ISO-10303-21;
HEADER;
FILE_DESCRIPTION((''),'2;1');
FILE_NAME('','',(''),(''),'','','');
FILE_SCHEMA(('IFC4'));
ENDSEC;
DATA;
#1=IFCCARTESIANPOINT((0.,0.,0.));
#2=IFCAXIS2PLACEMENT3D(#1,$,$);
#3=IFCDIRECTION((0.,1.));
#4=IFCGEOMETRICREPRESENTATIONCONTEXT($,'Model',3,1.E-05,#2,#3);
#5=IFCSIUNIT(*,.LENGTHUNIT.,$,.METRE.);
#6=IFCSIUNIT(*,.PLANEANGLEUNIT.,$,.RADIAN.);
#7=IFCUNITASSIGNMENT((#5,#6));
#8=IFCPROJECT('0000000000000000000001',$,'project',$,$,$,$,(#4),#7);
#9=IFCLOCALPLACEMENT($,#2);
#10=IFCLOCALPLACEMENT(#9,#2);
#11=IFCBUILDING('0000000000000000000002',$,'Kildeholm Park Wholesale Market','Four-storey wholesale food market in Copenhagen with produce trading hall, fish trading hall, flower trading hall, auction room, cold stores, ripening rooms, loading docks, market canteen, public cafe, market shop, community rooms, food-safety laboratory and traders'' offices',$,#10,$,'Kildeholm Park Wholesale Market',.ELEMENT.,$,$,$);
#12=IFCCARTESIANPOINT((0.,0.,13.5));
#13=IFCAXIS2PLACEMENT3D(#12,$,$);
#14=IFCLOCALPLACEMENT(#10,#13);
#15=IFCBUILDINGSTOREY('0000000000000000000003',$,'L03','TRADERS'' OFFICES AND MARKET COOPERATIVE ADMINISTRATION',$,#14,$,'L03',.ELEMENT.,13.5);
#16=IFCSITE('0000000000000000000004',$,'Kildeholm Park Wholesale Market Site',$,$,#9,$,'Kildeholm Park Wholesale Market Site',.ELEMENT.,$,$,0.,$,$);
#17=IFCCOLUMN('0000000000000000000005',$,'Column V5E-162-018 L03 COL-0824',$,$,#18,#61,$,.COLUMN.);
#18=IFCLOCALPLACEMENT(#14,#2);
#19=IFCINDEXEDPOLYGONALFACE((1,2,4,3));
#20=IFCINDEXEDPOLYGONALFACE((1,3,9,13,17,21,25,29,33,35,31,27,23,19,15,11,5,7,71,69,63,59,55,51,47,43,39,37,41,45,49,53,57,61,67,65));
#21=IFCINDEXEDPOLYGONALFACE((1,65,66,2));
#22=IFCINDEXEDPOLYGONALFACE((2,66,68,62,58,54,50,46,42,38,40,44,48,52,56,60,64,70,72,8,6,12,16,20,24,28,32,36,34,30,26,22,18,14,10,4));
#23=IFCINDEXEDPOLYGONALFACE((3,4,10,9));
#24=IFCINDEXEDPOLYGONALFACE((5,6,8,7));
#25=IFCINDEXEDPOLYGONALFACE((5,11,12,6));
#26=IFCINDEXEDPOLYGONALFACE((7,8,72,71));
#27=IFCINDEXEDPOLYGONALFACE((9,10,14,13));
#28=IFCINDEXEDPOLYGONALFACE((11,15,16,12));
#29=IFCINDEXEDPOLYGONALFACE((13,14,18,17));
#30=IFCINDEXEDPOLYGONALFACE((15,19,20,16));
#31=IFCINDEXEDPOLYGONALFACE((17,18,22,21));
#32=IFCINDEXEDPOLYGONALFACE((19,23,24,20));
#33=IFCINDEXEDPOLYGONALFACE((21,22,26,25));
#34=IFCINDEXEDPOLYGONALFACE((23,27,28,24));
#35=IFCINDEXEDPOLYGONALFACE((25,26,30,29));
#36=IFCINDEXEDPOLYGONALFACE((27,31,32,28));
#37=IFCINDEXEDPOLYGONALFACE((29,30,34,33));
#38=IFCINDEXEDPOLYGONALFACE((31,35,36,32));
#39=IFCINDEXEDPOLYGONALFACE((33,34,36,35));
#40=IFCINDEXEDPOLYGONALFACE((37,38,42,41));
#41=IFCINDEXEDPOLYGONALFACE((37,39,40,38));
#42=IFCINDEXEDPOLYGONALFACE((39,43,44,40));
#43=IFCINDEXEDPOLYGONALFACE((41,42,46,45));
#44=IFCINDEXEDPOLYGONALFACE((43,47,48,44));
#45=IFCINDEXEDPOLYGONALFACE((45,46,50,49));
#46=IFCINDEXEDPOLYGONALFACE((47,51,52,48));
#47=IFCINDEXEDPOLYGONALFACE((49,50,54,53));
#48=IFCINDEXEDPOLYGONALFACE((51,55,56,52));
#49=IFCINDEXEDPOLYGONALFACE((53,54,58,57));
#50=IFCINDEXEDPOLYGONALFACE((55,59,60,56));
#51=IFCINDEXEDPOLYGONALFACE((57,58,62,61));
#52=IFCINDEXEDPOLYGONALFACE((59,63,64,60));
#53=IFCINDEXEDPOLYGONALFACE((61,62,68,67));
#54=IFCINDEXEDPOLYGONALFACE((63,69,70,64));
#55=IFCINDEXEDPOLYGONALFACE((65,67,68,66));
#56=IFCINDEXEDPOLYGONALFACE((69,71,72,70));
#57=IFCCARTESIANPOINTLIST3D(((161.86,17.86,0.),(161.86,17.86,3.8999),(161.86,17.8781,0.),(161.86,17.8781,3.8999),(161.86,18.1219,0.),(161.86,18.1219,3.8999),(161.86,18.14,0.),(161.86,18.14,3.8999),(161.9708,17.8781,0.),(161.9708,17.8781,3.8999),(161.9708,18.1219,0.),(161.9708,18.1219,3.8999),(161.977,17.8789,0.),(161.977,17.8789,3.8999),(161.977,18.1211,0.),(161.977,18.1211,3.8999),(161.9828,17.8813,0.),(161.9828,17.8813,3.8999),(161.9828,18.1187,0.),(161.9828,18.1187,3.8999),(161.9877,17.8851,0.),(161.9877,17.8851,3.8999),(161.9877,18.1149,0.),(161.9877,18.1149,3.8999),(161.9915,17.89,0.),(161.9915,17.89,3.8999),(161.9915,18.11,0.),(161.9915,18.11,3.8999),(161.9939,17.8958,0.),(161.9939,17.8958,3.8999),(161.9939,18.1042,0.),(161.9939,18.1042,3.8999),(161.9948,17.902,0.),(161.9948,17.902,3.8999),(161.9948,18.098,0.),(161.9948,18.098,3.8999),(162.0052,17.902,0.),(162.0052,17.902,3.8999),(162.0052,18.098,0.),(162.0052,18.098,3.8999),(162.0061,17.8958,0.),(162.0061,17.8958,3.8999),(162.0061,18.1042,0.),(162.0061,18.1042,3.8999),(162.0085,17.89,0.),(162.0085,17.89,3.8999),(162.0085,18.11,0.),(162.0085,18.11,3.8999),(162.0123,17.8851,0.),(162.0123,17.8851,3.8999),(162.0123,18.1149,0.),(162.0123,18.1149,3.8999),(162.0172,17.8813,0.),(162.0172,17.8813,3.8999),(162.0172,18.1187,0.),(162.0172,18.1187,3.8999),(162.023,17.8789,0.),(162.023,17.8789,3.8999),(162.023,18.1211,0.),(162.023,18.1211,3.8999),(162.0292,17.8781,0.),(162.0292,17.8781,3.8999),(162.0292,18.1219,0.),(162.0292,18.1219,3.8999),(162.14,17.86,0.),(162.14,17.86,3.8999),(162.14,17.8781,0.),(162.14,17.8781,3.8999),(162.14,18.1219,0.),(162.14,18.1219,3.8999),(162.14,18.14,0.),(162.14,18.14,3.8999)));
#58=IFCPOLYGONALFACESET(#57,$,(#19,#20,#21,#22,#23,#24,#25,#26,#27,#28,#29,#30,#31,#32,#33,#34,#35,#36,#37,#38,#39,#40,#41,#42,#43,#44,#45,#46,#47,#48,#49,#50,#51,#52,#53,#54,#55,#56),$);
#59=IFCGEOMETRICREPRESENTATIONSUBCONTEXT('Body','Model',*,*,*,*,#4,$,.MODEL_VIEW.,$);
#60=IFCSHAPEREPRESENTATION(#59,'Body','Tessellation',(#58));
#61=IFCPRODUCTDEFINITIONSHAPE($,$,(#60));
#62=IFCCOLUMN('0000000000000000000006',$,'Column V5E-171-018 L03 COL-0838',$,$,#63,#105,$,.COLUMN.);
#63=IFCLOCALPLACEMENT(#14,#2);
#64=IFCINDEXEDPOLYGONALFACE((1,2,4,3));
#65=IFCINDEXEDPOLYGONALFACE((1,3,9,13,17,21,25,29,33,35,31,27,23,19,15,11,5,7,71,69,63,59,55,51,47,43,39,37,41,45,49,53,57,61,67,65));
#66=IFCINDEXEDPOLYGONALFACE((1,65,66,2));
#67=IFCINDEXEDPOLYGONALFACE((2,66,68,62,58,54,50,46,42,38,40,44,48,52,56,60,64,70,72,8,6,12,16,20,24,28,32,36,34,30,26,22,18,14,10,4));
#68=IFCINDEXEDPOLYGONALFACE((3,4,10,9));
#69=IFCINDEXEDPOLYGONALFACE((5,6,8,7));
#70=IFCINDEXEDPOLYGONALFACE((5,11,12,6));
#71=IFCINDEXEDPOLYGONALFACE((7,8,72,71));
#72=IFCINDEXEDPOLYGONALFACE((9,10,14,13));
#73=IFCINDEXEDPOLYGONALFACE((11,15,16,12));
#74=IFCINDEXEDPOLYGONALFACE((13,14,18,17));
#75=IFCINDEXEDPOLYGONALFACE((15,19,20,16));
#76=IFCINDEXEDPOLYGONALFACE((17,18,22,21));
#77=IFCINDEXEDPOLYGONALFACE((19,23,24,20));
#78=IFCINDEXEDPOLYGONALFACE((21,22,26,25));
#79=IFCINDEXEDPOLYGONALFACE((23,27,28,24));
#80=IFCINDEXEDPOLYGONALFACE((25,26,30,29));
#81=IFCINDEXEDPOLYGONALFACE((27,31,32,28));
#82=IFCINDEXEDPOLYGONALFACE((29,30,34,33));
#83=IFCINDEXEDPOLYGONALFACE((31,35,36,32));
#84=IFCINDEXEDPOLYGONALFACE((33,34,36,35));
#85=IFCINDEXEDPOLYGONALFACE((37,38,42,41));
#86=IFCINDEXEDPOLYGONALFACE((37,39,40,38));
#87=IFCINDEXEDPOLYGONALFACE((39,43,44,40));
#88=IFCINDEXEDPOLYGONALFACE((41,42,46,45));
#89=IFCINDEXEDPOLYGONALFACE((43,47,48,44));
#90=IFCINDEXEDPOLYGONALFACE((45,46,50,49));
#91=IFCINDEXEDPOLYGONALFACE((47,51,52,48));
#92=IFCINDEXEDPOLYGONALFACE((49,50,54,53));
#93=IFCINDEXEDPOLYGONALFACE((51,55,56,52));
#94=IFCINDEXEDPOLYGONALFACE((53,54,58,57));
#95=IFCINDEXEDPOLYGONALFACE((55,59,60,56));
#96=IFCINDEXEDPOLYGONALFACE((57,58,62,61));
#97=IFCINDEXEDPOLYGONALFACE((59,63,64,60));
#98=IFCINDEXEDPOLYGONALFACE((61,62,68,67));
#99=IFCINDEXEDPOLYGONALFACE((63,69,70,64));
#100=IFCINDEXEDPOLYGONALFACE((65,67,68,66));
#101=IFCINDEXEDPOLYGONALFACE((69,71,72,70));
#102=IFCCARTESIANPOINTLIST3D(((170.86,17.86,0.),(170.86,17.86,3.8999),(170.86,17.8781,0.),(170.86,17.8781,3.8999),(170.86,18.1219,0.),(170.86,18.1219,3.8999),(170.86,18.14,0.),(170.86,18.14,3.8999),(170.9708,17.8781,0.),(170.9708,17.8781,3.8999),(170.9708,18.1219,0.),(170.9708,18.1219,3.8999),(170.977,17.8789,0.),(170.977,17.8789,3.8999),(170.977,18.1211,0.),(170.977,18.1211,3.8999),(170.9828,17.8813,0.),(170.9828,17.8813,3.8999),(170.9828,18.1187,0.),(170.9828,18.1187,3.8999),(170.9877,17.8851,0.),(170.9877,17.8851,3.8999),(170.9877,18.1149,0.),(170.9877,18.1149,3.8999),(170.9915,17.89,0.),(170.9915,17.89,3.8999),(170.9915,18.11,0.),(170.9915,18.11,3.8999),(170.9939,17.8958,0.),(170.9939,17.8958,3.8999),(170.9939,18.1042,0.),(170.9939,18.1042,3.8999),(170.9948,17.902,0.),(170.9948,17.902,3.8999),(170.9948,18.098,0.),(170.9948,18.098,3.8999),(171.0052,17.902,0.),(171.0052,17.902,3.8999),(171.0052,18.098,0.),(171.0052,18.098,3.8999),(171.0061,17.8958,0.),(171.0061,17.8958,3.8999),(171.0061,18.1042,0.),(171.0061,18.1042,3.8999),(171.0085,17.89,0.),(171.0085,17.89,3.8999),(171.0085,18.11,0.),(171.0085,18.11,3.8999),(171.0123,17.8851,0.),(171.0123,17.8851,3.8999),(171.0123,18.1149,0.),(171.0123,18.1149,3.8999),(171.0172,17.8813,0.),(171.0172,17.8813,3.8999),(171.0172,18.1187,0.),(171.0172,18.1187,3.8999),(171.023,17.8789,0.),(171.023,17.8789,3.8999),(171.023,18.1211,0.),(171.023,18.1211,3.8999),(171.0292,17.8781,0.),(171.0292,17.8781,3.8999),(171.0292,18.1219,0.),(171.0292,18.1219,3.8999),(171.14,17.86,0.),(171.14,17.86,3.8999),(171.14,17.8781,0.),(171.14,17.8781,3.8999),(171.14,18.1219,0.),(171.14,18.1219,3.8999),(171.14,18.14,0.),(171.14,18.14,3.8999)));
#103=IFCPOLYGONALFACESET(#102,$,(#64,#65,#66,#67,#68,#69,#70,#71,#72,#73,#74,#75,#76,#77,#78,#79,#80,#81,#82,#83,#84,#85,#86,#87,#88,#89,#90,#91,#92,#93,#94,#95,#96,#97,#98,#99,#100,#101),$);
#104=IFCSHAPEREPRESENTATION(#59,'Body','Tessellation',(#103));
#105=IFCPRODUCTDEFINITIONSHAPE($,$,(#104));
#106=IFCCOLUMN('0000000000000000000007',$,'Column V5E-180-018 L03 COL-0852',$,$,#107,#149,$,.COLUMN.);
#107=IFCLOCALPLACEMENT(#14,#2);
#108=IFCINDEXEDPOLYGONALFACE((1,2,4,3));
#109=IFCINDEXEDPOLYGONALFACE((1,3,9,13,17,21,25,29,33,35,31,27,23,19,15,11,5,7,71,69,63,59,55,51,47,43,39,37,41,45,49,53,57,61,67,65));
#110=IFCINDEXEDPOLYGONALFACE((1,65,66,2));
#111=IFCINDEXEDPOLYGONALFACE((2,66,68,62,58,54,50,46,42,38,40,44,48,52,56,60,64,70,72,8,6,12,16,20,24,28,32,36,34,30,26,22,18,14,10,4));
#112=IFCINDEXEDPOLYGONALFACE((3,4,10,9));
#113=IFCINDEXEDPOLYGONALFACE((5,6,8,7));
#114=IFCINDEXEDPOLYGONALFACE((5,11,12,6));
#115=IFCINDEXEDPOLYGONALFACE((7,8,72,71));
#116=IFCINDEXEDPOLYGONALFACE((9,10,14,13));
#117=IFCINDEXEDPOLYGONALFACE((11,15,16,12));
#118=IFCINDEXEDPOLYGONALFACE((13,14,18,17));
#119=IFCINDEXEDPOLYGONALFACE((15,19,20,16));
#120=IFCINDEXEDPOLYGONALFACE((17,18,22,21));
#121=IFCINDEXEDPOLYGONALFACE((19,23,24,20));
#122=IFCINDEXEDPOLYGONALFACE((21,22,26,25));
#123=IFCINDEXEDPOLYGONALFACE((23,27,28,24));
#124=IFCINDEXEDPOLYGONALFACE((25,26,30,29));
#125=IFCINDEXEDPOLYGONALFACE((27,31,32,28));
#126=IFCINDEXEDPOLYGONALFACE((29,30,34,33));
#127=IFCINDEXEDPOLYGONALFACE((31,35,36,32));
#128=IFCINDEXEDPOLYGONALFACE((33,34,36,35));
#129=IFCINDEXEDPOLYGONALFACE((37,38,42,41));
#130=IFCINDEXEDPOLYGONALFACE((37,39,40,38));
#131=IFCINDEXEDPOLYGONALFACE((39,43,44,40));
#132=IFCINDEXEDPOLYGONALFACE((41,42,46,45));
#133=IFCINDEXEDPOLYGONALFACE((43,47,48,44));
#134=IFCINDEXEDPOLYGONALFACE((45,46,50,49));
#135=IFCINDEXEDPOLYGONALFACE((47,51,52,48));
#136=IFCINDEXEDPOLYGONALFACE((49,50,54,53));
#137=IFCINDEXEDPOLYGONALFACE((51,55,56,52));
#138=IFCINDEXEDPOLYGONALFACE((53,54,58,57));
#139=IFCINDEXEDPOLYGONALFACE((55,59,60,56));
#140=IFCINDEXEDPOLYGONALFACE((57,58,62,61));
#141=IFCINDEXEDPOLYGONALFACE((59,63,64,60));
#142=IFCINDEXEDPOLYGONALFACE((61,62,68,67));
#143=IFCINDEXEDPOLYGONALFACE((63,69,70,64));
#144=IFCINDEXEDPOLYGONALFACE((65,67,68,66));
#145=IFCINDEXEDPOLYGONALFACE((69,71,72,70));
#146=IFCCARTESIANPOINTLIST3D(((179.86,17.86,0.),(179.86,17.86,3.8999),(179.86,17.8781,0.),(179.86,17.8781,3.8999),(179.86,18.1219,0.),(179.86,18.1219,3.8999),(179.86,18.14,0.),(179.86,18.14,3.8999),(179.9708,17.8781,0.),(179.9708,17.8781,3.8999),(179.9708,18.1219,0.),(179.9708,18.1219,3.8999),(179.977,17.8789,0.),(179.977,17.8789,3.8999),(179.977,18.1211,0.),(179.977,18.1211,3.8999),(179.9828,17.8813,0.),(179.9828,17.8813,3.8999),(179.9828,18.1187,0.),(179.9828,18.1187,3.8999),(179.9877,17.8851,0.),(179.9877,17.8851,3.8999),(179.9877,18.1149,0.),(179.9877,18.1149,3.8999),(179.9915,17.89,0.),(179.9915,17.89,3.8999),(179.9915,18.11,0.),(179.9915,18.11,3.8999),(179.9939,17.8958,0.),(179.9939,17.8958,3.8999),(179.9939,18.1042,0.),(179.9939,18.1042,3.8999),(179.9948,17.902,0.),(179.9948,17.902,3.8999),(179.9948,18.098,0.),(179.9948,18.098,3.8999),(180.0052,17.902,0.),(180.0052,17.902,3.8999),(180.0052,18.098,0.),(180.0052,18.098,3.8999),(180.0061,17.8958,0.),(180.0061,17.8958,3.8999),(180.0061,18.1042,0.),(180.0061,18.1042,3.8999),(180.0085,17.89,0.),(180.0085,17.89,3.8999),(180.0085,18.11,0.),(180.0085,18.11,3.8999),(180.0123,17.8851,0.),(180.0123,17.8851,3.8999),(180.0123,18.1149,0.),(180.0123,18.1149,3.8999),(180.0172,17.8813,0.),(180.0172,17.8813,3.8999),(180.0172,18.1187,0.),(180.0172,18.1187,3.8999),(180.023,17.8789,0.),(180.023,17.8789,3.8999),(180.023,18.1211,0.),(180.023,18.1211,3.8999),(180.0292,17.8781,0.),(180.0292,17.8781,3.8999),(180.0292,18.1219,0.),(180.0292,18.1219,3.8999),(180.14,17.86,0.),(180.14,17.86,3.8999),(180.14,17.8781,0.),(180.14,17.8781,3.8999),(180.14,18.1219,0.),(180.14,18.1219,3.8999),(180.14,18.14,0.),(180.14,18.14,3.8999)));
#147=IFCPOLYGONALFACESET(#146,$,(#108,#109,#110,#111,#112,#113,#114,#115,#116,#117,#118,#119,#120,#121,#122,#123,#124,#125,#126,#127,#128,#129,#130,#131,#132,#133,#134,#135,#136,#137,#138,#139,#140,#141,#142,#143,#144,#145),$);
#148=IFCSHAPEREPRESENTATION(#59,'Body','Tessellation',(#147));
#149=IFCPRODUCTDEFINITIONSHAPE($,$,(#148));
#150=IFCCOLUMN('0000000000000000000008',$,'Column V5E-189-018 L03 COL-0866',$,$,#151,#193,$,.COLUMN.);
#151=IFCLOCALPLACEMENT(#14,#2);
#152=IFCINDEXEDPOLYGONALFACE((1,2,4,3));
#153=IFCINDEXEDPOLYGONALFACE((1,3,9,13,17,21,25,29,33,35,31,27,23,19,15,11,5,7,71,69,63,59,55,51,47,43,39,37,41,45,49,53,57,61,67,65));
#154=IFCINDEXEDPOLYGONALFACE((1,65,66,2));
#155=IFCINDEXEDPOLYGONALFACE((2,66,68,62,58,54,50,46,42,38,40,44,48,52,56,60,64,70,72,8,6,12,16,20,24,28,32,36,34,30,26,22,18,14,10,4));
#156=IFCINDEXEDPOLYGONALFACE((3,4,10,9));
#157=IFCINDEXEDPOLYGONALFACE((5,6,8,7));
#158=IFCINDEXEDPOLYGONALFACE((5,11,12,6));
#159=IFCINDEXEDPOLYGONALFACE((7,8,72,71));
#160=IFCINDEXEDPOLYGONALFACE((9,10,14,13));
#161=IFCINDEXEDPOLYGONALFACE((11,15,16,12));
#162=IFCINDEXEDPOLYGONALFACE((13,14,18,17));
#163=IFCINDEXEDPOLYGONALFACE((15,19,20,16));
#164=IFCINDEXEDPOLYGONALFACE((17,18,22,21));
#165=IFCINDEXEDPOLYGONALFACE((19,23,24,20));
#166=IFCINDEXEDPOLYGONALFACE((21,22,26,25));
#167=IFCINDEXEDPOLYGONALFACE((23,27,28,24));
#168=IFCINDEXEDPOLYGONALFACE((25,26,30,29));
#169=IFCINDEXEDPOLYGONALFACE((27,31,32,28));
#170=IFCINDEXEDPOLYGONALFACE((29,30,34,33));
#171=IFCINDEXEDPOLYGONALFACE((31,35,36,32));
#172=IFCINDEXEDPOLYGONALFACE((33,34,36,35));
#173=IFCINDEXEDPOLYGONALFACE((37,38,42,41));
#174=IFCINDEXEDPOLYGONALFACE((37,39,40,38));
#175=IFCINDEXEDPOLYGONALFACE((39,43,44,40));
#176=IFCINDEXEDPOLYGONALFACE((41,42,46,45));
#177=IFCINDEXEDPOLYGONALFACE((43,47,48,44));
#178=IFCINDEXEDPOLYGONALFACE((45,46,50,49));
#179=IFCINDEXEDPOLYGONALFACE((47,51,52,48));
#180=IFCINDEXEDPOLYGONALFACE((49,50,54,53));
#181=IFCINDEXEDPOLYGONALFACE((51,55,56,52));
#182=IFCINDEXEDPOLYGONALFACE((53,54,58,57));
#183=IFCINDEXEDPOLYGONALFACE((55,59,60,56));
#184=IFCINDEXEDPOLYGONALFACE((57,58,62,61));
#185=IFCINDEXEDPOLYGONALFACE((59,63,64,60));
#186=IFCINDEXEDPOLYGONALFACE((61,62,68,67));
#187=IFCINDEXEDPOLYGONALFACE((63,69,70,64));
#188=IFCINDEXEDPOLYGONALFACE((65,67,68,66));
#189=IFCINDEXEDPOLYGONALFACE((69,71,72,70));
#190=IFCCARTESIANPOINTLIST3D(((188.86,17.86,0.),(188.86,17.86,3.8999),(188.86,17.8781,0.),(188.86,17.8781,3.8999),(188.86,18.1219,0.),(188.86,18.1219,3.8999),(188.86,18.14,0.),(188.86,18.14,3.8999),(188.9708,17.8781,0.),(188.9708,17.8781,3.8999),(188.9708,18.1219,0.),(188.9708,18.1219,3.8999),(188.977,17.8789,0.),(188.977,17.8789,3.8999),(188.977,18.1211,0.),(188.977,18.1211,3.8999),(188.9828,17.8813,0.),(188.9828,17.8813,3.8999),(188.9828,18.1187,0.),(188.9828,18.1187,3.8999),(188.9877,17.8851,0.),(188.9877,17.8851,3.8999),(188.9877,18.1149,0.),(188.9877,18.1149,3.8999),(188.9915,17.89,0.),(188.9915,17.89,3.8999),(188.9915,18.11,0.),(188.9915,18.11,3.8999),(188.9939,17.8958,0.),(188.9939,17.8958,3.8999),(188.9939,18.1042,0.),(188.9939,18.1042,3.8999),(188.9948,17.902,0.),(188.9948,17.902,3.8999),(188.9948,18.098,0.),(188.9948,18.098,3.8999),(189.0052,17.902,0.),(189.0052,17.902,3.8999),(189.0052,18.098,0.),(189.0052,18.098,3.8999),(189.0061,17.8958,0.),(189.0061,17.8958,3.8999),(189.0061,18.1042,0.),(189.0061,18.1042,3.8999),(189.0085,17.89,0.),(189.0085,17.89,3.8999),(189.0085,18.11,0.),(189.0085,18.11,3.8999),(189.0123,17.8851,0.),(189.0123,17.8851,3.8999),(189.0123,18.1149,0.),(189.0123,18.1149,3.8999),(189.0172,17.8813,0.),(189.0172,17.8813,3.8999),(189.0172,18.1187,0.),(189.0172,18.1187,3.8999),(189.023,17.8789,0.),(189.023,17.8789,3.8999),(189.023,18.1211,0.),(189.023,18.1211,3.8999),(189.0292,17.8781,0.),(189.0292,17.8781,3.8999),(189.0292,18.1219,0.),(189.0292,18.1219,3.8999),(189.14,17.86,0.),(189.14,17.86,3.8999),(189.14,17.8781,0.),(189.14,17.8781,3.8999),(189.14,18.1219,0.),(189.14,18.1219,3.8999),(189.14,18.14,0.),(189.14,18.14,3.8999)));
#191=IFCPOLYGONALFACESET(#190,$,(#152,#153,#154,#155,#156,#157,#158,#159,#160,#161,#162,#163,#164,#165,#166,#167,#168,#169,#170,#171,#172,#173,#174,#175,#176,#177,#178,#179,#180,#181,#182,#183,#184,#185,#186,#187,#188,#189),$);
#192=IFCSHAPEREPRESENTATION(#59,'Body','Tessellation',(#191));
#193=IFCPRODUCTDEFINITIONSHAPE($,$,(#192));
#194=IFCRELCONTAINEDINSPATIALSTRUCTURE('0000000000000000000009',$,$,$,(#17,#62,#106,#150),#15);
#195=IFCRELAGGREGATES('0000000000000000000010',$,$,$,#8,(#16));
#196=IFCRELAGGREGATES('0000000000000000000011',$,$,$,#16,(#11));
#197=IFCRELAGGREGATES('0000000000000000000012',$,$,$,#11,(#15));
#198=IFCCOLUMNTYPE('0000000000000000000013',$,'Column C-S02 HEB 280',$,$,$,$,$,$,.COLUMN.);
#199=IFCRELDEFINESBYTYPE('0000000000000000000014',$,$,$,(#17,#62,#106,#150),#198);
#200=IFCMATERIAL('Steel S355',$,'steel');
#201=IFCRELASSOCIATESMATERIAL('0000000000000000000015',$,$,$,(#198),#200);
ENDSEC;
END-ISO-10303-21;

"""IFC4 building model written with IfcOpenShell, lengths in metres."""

from ifc_helpers import new_model, si_unit, direction, frame, origin, origin_2d, place, context, subcontext, project, spatial, i_section, extrude, material, material_profile, profile_set, type_object, element, save


model = new_model("IFC4")

# Units and contexts
model_context = context("Model", 3, precision=1e-05, world=origin(), true_north=direction((0.0, 1.0)))
body_context = subcontext(model_context, "Body", "Model", "MODEL_VIEW")
ifc_project = project(units=[si_unit("LENGTHUNIT", "METRE"), si_unit("PLANEANGLEUNIT", "RADIAN")], contexts=[model_context])

# Site, building, storey
site_placement = place(None, origin())
site = spatial("IfcSite", under=ifc_project, at=site_placement, Name="Kildeholm Park Wholesale Market Site", LongName="Kildeholm Park Wholesale Market Site", CompositionType="ELEMENT", RefElevation=0.0)
building_placement = place(site_placement, origin())
building = spatial("IfcBuilding", under=site, at=building_placement, Name="Kildeholm Park Wholesale Market", Description="Four-storey wholesale food market in Copenhagen with produce trading hall, fish trading hall, flower trading hall, auction room, cold stores, ripening rooms, loading docks, market canteen, public cafe, market shop, community rooms, food-safety laboratory and traders' offices", LongName="Kildeholm Park Wholesale Market", CompositionType="ELEMENT")
storey_placement = place(building_placement, frame((0.0, 0.0, 13.5)))
storey = spatial("IfcBuildingStorey", under=building, at=storey_placement, Name="L03", Description="TRADERS' OFFICES AND MARKET COOPERATIVE ADMINISTRATION", LongName="L03", CompositionType="ELEMENT", Elevation=13.5)

# Columns
ifc_material_1 = material(Name="Steel S355", Category="steel")
ifc_material_profile_1 = material_profile(ifc_material_1, i_section(OverallWidth=0.28, OverallDepth=0.28, WebThickness=0.0105, FlangeThickness=0.0181, FilletRadius=0.0239, at=origin_2d()), Name="HEB 280")
ifc_profile_set_1 = profile_set([ifc_material_profile_1], Name="Steel S355")
column_type = type_object("IfcColumnType", Name="Column C-S02 HEB 280", PredefinedType="COLUMN", material=ifc_profile_set_1)
for number, where, z_axis, x_axis, name in (
    (1, (162.0, 18.0, 0.0), (0.0, 0.0, 1.0), (1.0, 0.0, 0.0), "Column V5E-162-018 L03 COL-0824"),
    (2, (171.0, 18.0, 0.0), (0.0, 0.0, 1.0), (1.0, 0.0, 0.0), "Column V5E-171-018 L03 COL-0838"),
    (3, (180.0, 18.0, 0.0), (0.0, 0.0, 1.0), (1.0, 0.0, 0.0), "Column V5E-180-018 L03 COL-0852"),
    (4, (189.0, 18.0, 0.0), (0.0, 0.0, 1.0), (1.0, 0.0, 0.0), "Column V5E-189-018 L03 COL-0866"),
):
    element("IfcColumn", number, at=place(storey_placement, frame(where, z_axis=z_axis, x_axis=x_axis)), inside=storey, type_object=column_type, Name=name, PredefinedType="COLUMN", context=body_context, shape_type="SweptSolid", body=[
        extrude(i_section(OverallWidth=0.28, OverallDepth=0.28, WebThickness=0.0105, FlangeThickness=0.0181, FilletRadius=0.0239, at=origin_2d()), origin(), (0.0, 0.0, 1.0), 3.8999),
    ])

save(model, "model.ifc")
